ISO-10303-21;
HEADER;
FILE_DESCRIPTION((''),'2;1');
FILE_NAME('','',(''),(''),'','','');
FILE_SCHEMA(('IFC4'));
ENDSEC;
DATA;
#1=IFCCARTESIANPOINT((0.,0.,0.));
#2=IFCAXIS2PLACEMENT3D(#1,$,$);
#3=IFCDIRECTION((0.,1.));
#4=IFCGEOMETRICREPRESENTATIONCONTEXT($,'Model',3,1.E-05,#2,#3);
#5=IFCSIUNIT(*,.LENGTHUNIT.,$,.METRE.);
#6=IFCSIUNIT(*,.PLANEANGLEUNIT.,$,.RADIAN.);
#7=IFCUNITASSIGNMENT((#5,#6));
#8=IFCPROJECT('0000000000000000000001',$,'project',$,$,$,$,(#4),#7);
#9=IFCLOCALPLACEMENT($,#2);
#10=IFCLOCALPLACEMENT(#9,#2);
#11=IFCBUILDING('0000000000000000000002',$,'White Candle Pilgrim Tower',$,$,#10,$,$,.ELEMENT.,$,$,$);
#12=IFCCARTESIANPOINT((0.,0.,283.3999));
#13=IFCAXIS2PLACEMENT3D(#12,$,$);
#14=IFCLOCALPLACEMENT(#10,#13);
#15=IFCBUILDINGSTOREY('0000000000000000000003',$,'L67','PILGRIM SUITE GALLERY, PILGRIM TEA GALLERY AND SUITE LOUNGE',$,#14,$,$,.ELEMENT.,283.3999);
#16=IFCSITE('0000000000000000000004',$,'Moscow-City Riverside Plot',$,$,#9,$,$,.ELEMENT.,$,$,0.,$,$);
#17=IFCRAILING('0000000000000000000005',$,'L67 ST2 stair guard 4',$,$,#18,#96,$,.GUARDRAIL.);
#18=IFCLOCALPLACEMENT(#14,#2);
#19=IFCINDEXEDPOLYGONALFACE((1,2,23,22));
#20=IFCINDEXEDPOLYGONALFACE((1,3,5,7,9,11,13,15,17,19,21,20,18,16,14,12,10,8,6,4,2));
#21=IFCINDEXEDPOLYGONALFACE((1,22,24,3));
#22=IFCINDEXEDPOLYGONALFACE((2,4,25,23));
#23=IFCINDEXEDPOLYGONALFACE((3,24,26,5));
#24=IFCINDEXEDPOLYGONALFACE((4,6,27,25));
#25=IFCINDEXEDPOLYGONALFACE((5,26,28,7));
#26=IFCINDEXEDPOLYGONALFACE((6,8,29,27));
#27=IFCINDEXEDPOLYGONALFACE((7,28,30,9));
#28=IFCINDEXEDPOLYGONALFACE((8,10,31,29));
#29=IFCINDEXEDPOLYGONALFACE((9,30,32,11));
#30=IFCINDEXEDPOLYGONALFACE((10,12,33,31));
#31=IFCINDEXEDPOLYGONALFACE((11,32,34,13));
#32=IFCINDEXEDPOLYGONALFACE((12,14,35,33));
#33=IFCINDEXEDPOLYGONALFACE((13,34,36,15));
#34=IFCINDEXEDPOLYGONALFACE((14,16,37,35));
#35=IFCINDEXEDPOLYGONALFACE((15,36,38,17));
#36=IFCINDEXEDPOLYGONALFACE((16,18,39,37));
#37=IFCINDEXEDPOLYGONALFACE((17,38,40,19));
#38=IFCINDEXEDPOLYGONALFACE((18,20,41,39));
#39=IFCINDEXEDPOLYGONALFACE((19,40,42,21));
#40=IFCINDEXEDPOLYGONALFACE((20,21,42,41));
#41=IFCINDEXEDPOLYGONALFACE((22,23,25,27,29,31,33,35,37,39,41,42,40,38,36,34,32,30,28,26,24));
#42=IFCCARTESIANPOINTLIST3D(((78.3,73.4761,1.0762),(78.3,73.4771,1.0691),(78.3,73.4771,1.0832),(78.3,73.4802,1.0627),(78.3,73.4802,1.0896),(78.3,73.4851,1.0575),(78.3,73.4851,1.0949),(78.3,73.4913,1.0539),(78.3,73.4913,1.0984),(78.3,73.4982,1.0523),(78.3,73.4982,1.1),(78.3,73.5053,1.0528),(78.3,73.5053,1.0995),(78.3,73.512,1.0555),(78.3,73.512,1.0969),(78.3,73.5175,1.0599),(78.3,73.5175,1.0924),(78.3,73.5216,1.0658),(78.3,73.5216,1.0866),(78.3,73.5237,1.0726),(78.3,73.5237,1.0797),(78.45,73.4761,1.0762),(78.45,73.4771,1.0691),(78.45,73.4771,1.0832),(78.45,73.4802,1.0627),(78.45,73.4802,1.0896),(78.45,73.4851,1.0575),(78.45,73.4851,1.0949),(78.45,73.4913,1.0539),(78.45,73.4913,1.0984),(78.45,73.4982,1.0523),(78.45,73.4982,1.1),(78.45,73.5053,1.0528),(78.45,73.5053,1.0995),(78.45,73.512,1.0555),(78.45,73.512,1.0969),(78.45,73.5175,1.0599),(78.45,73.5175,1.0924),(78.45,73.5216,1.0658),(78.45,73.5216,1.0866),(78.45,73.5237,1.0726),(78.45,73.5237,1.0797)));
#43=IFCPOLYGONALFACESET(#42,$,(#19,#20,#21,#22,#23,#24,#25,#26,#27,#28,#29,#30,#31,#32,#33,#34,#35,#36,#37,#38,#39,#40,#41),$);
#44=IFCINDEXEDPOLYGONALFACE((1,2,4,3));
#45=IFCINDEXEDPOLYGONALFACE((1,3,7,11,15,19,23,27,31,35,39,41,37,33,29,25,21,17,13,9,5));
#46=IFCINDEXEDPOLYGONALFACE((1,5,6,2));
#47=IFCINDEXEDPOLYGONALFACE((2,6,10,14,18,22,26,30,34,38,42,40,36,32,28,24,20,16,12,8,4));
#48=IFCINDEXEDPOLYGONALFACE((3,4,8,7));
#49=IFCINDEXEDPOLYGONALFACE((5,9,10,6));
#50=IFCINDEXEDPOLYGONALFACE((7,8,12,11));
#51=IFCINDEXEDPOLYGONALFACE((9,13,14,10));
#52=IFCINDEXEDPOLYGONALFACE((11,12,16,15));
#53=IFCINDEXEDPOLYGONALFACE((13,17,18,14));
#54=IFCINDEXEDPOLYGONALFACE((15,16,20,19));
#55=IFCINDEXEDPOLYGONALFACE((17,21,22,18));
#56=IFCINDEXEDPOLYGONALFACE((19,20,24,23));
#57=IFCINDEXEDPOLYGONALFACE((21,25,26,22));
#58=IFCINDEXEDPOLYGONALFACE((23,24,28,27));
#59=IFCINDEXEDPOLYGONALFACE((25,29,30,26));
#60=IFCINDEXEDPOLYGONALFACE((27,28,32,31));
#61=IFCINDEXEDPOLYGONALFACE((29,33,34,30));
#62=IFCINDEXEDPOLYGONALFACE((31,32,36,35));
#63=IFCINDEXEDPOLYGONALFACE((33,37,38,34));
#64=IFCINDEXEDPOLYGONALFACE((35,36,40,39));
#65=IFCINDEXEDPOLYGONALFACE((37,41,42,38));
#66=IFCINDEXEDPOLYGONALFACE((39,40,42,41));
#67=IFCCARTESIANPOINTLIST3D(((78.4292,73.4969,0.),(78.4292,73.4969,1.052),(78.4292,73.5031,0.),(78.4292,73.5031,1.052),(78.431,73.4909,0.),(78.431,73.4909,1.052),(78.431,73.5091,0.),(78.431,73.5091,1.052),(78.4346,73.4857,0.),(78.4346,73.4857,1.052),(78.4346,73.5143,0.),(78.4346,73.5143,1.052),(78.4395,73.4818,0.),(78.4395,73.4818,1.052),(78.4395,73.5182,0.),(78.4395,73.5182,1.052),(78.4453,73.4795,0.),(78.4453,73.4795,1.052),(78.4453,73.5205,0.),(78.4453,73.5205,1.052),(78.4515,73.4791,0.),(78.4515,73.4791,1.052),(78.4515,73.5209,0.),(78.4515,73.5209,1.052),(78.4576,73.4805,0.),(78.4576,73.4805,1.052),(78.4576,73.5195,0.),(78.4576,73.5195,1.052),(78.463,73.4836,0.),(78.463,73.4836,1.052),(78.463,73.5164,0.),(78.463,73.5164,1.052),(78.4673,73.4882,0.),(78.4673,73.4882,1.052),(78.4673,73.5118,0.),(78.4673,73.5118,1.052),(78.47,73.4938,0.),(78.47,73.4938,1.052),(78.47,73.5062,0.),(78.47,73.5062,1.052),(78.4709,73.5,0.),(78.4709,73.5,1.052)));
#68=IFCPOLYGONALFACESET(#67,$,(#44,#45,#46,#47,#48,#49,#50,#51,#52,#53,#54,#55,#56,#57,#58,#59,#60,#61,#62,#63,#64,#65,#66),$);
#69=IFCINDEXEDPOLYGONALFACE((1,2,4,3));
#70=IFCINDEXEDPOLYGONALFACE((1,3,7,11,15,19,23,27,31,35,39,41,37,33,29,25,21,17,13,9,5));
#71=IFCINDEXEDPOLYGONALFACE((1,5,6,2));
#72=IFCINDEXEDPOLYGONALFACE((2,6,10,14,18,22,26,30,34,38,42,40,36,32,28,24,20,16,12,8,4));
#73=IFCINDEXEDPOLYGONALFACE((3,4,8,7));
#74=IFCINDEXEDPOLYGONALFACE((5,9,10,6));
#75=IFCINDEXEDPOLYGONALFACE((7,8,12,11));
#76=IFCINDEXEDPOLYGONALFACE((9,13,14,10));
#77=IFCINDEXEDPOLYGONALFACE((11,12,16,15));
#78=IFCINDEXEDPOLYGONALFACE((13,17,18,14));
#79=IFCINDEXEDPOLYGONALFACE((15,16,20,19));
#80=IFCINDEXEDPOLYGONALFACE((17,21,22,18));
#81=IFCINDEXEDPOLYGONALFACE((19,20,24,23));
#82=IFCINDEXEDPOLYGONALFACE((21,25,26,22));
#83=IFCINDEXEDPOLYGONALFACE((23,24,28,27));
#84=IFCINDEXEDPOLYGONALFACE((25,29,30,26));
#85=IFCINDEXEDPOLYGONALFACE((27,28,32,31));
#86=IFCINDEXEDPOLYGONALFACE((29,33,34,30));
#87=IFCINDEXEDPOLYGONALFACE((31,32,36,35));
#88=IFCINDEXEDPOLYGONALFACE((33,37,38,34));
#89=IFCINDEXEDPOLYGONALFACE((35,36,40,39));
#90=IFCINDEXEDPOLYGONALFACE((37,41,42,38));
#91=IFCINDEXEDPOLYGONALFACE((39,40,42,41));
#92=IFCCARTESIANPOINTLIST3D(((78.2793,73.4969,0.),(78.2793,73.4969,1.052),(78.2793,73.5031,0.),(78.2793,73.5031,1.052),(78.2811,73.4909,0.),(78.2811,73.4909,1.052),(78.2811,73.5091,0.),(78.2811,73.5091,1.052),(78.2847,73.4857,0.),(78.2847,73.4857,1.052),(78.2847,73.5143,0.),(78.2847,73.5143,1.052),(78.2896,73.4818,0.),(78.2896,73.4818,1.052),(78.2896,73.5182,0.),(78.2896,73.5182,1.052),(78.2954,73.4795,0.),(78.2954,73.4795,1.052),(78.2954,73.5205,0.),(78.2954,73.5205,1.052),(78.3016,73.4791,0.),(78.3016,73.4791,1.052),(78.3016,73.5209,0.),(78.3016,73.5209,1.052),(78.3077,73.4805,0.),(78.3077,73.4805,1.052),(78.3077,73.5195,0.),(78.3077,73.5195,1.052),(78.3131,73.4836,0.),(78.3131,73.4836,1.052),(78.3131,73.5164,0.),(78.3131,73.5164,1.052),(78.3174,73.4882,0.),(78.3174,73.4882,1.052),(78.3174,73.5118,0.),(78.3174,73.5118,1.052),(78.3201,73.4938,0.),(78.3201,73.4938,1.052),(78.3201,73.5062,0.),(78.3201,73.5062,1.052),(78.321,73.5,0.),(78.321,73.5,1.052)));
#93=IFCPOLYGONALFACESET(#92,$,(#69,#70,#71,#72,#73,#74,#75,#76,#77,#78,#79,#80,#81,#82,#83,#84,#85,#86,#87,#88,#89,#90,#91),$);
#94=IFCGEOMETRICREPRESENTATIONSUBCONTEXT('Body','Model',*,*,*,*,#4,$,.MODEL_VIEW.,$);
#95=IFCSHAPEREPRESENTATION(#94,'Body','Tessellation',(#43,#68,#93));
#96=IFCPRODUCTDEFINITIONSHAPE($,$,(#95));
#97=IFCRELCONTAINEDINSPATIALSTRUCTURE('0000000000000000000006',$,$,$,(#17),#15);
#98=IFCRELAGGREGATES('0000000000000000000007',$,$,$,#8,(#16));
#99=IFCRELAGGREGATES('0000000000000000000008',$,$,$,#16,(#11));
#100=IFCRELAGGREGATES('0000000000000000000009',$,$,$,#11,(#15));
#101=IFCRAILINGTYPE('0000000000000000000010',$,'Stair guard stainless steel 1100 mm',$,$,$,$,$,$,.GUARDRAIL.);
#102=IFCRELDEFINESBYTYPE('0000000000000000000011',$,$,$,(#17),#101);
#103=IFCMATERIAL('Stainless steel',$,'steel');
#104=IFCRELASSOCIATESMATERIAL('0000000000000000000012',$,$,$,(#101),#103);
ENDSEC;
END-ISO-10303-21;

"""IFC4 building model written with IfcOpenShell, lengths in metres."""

from ifc_helpers import new_model, si_unit, direction, frame, origin, origin_2d, place, context, subcontext, project, spatial, circle, extrude, material, type_object, element, save


model = new_model("IFC4")

# Units and contexts
model_context = context("Model", 3, precision=1e-05, world=origin(), true_north=direction((0.0, 1.0)))
body_context = subcontext(model_context, "Body", "Model", "MODEL_VIEW")
ifc_project = project(units=[si_unit("LENGTHUNIT", "METRE"), si_unit("PLANEANGLEUNIT", "RADIAN")], contexts=[model_context])

# Site, building, storey
site_placement = place(None, origin())
site = spatial("IfcSite", under=ifc_project, at=site_placement, Name="Moscow-City Riverside Plot", CompositionType="ELEMENT", RefElevation=0.0)
building_placement = place(site_placement, origin())
building = spatial("IfcBuilding", under=site, at=building_placement, Name="White Candle Pilgrim Tower", CompositionType="ELEMENT")
storey_placement = place(building_placement, frame((0.0, 0.0, 283.3999)))
storey = spatial("IfcBuildingStorey", under=building, at=storey_placement, Name="L67", Description="PILGRIM SUITE GALLERY, PILGRIM TEA GALLERY AND SUITE LOUNGE", CompositionType="ELEMENT", Elevation=283.3999)

# Railing
ifc_material_1 = material(Name="Stainless steel", Category="steel")
railing_type_1 = type_object("IfcRailingType", Name="Stair guard stainless steel 1100 mm", PredefinedType="GUARDRAIL", material=ifc_material_1)
railing_1_placement = place(storey_placement, frame((78.45, 73.5, 0.0)))
element("IfcRailing", 1, at=railing_1_placement, inside=storey, type_object=railing_type_1, Name="L67 ST2 stair guard 4", PredefinedType="GUARDRAIL", context=body_context, shape_type="SweptSolid", body=[
    extrude(circle(Radius=0.0239, at=origin_2d()), frame((0.0, 0.0, 1.0762), z_axis=(-1.0, 0.0, 0.0), x_axis=(0.0, -1.0, 0.0)), (0.0, 0.0, 1.0), 0.1499),
    extrude(circle(Radius=0.021, at=origin_2d()), origin(), (0.0, 0.0, 1.0), 1.052),
    extrude(circle(Radius=0.021, at=origin_2d()), frame((-0.1499, 0.0, 0.0)), (0.0, 0.0, 1.0), 1.052),
])

save(model, "model.ifc")
